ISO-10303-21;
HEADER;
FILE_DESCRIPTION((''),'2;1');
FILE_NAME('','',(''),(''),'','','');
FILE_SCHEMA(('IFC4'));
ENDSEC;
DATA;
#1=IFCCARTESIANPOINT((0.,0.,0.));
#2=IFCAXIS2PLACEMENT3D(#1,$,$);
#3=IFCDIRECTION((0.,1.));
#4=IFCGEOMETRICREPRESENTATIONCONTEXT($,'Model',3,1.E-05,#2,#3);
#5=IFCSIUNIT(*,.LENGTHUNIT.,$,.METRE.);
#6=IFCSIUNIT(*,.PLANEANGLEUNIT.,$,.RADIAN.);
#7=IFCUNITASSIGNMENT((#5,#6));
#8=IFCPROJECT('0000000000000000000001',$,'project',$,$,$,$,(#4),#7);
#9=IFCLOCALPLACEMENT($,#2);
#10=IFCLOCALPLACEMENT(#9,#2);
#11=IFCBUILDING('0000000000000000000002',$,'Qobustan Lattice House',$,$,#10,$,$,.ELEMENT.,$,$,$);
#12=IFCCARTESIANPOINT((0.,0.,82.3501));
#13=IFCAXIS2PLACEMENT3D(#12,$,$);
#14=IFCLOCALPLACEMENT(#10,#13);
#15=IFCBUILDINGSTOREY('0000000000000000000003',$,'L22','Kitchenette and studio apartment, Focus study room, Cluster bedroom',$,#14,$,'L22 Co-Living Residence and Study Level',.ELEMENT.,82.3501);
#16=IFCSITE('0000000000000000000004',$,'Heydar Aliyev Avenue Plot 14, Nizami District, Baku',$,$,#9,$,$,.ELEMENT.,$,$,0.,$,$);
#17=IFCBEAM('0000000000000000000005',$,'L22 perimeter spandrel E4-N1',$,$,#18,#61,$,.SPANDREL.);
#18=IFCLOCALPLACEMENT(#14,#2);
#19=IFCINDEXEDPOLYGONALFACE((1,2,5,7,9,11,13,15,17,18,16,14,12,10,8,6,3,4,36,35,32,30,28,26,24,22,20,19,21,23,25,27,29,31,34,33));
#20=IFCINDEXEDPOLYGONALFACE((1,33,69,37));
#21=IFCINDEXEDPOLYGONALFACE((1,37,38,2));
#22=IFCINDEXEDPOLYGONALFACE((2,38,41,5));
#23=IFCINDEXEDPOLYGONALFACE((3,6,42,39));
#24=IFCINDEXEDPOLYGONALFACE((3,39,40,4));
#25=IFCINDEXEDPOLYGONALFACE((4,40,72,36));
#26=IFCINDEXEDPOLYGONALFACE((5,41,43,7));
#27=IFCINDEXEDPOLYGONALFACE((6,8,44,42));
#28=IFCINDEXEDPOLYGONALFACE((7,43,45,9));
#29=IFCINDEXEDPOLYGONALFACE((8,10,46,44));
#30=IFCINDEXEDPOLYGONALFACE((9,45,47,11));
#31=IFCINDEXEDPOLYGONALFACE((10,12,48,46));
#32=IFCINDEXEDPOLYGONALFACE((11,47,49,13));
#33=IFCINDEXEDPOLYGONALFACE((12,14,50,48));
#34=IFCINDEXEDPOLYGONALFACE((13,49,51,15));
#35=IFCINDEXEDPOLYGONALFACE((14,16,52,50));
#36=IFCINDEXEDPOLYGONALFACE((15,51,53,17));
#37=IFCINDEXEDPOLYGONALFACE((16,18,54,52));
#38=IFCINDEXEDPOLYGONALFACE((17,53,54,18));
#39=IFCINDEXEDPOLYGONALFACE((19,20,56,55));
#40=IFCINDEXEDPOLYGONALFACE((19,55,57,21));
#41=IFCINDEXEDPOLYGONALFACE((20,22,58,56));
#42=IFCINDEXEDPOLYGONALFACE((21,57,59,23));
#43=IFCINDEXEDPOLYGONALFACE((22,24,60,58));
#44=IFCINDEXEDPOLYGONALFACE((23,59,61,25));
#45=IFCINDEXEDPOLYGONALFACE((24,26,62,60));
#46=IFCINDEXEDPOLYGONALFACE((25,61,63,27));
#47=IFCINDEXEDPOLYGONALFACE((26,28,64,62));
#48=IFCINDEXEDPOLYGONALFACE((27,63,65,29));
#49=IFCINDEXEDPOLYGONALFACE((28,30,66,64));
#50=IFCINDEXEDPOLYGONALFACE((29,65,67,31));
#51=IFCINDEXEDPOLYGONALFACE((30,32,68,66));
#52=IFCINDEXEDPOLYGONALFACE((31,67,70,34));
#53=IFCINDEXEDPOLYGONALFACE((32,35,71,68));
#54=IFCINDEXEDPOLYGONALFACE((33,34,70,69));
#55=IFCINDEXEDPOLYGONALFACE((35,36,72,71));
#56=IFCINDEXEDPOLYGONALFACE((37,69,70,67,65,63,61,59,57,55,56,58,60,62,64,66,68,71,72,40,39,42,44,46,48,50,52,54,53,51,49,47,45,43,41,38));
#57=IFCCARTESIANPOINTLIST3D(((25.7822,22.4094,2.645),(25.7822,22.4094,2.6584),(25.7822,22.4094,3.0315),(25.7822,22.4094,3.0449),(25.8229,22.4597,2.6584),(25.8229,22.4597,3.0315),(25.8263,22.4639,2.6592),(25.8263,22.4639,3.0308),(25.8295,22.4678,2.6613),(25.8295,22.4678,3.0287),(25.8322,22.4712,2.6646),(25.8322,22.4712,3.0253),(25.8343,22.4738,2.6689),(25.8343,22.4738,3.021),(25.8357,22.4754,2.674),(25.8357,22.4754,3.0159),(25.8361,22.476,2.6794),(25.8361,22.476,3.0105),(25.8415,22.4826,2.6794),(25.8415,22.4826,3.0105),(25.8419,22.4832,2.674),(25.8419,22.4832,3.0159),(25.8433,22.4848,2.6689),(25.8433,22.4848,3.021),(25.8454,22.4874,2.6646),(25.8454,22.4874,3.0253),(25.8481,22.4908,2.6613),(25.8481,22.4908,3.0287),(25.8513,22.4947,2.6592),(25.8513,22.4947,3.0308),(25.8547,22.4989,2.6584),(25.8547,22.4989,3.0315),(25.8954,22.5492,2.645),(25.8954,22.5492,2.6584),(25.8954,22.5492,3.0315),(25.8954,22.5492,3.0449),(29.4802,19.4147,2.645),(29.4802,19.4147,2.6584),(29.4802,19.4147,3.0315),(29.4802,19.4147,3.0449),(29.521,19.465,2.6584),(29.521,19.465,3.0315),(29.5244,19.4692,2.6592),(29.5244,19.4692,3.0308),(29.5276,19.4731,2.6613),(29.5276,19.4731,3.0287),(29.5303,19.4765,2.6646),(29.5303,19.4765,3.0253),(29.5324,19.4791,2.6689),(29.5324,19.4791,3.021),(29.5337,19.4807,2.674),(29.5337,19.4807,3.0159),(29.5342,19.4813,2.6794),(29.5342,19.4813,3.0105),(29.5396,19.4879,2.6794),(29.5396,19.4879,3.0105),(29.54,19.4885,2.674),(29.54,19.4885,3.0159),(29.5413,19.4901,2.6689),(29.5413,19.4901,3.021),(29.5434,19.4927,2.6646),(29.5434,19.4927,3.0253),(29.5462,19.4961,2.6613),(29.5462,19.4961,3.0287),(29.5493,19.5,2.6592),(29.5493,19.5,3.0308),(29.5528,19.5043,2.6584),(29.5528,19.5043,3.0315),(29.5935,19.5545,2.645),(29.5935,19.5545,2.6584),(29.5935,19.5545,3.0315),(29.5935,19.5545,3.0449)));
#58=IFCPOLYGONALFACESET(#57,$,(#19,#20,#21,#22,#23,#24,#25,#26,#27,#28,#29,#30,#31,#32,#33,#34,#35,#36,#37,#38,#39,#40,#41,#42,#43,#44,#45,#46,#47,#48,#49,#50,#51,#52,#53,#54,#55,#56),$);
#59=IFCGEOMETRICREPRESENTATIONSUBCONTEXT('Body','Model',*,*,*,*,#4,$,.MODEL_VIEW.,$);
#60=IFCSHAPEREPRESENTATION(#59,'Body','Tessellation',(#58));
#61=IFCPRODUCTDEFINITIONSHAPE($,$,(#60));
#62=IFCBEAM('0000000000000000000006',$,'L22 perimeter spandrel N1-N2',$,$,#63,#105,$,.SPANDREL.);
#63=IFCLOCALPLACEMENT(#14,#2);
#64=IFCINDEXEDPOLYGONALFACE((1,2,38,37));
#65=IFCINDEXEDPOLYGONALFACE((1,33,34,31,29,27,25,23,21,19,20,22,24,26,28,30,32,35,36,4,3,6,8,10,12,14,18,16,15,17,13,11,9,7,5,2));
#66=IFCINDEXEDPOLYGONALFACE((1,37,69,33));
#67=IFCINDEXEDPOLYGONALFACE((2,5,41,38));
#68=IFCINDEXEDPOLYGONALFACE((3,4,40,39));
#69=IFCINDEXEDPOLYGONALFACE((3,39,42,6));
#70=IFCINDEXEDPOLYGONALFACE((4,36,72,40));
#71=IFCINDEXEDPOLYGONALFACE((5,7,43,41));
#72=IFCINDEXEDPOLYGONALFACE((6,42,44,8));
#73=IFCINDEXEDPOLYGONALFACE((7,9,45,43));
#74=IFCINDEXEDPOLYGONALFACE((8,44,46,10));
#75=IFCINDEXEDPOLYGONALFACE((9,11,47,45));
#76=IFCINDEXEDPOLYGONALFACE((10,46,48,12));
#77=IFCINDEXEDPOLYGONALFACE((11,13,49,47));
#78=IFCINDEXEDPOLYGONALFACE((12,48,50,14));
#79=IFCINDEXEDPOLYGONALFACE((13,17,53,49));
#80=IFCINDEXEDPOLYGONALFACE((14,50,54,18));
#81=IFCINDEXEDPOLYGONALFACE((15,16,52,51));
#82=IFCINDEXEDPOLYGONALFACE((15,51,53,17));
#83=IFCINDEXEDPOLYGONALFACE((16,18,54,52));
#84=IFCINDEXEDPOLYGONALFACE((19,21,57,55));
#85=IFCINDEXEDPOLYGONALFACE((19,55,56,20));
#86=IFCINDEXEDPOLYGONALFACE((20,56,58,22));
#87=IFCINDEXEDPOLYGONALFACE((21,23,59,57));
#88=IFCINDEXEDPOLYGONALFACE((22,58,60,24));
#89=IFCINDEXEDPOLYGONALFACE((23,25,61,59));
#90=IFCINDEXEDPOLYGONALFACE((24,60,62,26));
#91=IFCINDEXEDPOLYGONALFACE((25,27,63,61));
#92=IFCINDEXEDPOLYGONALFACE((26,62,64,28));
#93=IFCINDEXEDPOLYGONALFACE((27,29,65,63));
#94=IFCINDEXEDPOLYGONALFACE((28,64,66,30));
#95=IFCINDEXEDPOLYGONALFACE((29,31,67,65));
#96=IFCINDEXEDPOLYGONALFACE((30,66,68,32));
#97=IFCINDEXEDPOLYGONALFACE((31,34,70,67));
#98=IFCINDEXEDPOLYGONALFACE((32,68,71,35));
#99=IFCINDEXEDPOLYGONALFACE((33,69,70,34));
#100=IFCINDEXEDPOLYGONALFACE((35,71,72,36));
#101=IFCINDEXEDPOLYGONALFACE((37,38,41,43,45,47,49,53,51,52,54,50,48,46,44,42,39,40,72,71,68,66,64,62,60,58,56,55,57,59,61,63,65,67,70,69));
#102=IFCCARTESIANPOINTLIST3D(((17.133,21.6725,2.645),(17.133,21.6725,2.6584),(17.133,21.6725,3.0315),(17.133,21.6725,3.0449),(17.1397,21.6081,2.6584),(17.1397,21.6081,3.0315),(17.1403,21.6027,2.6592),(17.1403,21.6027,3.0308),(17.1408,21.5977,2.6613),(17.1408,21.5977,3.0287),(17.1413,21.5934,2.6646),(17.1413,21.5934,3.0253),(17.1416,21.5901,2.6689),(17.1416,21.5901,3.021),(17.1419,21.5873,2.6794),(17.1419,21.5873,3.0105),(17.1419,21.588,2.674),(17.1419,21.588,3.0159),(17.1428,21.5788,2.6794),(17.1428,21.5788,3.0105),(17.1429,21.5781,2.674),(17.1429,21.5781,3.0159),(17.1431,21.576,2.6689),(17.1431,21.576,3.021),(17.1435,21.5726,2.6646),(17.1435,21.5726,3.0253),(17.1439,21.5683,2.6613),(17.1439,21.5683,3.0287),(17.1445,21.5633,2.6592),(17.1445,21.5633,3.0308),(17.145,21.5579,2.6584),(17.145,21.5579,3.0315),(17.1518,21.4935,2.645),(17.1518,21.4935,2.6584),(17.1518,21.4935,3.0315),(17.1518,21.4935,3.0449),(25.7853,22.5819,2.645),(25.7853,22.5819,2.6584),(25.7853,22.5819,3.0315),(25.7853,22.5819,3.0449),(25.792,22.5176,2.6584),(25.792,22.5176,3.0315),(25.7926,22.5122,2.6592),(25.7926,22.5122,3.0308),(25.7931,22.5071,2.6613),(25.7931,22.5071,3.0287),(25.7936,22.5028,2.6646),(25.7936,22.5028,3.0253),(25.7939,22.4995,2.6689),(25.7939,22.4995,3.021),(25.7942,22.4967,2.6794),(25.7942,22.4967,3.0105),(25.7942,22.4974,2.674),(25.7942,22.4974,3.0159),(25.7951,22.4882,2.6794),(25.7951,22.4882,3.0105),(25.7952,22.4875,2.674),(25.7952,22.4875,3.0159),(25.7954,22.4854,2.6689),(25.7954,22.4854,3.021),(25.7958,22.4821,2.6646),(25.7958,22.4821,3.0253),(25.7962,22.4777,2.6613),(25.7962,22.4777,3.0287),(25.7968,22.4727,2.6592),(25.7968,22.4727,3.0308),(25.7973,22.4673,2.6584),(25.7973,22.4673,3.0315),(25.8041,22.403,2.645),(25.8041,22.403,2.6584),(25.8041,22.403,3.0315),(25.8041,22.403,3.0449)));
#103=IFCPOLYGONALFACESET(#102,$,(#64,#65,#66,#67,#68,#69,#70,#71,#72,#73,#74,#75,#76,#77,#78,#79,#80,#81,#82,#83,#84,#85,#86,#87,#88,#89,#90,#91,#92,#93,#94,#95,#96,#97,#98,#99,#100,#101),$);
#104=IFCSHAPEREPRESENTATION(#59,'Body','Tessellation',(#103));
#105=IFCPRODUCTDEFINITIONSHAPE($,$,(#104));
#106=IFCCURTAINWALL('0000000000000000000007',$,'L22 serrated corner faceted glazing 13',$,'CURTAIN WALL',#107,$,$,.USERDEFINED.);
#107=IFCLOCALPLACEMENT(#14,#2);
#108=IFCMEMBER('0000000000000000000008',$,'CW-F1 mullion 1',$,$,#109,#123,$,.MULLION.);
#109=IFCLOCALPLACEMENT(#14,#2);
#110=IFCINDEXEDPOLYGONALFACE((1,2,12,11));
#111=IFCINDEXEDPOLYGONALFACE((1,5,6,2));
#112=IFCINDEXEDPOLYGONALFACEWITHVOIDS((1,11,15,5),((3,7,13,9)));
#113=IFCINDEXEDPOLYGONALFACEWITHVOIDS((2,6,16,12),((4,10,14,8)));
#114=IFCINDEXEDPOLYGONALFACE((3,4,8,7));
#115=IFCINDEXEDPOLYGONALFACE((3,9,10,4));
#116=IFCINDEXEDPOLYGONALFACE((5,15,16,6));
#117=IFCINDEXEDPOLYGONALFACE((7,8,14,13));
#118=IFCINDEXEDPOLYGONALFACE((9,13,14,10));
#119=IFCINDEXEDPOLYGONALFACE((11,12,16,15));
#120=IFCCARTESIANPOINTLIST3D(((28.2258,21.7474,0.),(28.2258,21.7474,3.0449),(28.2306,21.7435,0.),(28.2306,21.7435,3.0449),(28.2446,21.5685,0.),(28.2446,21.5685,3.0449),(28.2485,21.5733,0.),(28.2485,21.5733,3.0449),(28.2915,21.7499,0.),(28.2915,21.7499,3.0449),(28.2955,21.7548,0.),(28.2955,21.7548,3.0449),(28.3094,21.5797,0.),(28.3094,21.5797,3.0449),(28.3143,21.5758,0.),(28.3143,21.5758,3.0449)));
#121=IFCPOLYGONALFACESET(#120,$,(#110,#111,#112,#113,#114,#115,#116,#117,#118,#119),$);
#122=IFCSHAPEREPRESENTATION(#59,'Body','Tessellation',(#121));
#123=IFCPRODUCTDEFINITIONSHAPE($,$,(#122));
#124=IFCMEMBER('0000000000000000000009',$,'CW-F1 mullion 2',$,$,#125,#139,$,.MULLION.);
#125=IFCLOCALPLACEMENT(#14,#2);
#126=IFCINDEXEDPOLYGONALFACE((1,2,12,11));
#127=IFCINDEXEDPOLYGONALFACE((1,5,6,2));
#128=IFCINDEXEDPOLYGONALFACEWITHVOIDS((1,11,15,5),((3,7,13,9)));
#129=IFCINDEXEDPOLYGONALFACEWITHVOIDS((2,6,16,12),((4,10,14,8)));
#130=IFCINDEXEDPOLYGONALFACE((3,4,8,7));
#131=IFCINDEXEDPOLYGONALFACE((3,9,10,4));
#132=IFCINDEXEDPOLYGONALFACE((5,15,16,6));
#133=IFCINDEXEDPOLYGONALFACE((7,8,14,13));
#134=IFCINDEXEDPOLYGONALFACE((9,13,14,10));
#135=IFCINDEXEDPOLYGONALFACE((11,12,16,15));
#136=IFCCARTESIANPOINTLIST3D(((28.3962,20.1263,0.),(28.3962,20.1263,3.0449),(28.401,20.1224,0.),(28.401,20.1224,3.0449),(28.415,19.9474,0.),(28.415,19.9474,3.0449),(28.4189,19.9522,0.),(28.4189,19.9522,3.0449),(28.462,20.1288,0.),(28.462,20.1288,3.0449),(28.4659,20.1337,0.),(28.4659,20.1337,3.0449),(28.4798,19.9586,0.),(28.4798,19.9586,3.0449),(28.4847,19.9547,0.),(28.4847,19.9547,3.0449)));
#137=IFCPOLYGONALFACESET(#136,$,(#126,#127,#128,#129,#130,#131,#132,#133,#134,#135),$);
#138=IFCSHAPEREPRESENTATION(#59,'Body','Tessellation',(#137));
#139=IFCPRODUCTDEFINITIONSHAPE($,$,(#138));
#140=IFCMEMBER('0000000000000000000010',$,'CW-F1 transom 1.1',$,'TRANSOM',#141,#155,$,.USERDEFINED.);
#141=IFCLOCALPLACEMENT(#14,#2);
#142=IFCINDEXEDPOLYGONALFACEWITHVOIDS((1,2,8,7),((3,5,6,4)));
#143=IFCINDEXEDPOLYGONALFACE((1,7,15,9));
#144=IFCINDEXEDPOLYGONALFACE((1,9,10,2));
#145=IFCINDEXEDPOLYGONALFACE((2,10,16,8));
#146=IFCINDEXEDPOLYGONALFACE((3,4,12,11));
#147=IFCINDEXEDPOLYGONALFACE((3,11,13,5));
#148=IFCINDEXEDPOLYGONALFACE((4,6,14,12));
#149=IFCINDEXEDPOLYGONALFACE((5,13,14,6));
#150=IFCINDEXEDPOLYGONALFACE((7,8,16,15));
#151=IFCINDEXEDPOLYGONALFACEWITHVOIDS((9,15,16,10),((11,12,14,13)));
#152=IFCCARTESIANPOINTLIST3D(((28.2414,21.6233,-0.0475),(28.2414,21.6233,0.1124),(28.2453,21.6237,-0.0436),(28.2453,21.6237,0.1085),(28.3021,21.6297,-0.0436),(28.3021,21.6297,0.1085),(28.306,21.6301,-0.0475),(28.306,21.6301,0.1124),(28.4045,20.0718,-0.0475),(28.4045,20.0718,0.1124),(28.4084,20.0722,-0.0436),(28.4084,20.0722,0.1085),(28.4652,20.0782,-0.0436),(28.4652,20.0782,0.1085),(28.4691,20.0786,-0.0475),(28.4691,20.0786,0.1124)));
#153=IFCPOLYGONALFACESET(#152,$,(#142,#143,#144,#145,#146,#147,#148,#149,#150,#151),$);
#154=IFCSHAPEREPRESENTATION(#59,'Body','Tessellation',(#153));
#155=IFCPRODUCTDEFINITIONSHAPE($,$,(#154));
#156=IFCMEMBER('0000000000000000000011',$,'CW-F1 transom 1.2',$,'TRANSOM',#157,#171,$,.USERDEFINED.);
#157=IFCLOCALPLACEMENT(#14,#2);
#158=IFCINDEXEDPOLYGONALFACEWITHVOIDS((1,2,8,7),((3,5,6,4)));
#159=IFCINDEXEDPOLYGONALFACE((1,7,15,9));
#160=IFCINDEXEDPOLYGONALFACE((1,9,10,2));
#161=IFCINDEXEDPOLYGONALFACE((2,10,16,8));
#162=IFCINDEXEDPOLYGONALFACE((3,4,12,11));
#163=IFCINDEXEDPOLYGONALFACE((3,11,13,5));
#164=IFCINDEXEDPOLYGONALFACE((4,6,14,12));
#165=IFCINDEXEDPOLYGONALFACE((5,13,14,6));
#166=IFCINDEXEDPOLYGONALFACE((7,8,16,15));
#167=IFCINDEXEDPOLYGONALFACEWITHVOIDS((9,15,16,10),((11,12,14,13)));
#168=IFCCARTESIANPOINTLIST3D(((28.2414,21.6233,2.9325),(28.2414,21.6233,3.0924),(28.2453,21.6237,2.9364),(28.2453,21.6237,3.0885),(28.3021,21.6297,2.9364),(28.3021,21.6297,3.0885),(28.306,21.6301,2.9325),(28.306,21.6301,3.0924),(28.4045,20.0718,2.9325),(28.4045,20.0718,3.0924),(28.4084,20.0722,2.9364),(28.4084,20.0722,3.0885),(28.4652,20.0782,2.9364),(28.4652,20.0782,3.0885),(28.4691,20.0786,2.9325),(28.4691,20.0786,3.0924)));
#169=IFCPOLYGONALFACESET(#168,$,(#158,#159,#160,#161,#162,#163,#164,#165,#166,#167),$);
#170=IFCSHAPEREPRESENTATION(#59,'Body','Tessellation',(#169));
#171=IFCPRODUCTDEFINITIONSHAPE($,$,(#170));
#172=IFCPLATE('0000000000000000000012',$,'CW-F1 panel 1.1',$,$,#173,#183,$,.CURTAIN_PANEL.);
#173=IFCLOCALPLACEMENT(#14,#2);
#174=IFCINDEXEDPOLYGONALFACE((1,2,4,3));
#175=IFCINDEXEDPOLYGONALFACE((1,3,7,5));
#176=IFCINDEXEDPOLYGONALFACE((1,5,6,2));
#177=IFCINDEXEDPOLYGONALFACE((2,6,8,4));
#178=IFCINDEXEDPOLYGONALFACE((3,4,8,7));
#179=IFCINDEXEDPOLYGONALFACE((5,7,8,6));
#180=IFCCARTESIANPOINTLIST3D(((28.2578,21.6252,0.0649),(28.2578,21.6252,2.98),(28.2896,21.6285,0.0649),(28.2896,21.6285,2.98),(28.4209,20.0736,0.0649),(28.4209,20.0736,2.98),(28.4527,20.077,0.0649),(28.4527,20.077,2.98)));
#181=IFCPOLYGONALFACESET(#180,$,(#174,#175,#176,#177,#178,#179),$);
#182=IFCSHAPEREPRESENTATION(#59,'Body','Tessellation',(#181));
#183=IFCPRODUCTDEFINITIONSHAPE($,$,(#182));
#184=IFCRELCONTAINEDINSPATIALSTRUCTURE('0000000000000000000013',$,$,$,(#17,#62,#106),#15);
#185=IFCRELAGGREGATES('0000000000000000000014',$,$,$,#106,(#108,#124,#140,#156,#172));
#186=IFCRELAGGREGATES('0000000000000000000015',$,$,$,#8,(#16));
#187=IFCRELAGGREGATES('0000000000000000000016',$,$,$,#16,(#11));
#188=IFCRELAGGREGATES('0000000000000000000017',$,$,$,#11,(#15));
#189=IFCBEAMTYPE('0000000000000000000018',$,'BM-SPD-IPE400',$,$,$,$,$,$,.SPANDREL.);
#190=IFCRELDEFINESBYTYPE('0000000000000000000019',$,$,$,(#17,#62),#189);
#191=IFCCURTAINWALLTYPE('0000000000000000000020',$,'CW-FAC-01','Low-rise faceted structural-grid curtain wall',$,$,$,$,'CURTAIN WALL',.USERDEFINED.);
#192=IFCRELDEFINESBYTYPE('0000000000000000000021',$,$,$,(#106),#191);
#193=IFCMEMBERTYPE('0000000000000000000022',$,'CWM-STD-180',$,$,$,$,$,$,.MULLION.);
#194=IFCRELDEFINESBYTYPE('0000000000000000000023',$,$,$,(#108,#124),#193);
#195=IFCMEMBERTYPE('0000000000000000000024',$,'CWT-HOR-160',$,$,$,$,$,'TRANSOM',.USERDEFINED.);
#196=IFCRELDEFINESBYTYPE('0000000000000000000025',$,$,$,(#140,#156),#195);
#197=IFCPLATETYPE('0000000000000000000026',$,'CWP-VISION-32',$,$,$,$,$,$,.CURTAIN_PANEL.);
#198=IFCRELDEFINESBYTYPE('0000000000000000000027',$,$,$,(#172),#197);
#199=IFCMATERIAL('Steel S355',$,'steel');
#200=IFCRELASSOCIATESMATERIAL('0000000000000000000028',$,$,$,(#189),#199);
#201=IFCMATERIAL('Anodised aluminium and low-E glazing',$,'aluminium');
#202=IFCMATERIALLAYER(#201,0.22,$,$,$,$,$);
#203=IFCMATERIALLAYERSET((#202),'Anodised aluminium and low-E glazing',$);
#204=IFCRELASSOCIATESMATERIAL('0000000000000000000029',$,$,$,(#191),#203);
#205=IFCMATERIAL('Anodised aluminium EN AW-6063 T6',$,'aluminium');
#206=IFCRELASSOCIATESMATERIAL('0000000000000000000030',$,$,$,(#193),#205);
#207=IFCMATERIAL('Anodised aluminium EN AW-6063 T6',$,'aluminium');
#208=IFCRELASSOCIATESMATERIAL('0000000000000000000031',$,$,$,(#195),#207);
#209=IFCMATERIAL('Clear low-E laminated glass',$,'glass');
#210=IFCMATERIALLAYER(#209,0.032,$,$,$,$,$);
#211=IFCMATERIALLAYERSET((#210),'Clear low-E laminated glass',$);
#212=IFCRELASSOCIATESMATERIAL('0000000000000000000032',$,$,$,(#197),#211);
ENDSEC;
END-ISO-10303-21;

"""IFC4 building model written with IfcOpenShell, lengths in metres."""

from ifc_helpers import new_model, si_unit, direction, frame, origin, origin_2d, place, context, subcontext, project, spatial, rectangle, hollow_rectangle, i_section, extrude, material, layer, layer_set, material_profile, profile_set, type_object, element, aggregate, save


model = new_model("IFC4")

# Units and contexts
model_context = context("Model", 3, precision=1e-05, world=origin(), true_north=direction((0.0, 1.0)))
body_context = subcontext(model_context, "Body", "Model", "MODEL_VIEW")
ifc_project = project(units=[si_unit("LENGTHUNIT", "METRE"), si_unit("PLANEANGLEUNIT", "RADIAN")], contexts=[model_context])

# Site, building, storey
site_placement = place(None, origin())
site = spatial("IfcSite", under=ifc_project, at=site_placement, Name="Heydar Aliyev Avenue Plot 14, Nizami District, Baku", CompositionType="ELEMENT", RefElevation=0.0)
building_placement = place(site_placement, origin())
building = spatial("IfcBuilding", under=site, at=building_placement, Name="Qobustan Lattice House", CompositionType="ELEMENT")
storey_placement = place(building_placement, frame((0.0, 0.0, 82.3501)))
storey = spatial("IfcBuildingStorey", under=building, at=storey_placement, Name="L22", Description="Kitchenette and studio apartment, Focus study room, Cluster bedroom", LongName="L22 Co-Living Residence and Study Level", CompositionType="ELEMENT", Elevation=82.3501)

# Beams
ifc_material_1 = material(Name="Steel S355", Category="steel")
ifc_material_profile_1 = material_profile(ifc_material_1, i_section(OverallWidth=0.1799, OverallDepth=0.3999, WebThickness=0.0085, FlangeThickness=0.0134, FilletRadius=0.021, at=origin_2d()), Name="IPE400")
ifc_profile_set_1 = profile_set([ifc_material_profile_1], Name="Steel S355")
beam_type_1 = type_object("IfcBeamType", Name="BM-SPD-IPE400", PredefinedType="SPANDREL", material=ifc_profile_set_1)
beam_1_placement = place(storey_placement, frame((29.5369, 19.4846, 2.845), z_axis=(-0.777141, 0.629327, 0.0), x_axis=(-0.629327, -0.777141, 0.0)))
element("IfcBeam", 1, at=beam_1_placement, inside=storey, type_object=beam_type_1, Name="L22 perimeter spandrel E4-N1", PredefinedType="SPANDREL", context=body_context, shape_type="SweptSolid", body=[
    extrude(i_section(OverallWidth=0.1799, OverallDepth=0.3999, WebThickness=0.0085, FlangeThickness=0.0134, FilletRadius=0.021, at=origin_2d()), origin(), (0.0, 0.0, 1.0), 4.7585),
])
beam_2_placement = place(storey_placement, frame((25.7947, 22.4924, 2.845), z_axis=(-0.994522, -0.104531, 0.0), x_axis=(0.104531, -0.994522, 0.0)))
element("IfcBeam", 2, at=beam_2_placement, inside=storey, type_object=beam_type_1, Name="L22 perimeter spandrel N1-N2", PredefinedType="SPANDREL", context=body_context, shape_type="SweptSolid", body=[
    extrude(i_section(OverallWidth=0.1799, OverallDepth=0.3999, WebThickness=0.0085, FlangeThickness=0.0134, FilletRadius=0.021, at=origin_2d()), origin(), (0.0, 0.0, 1.0), 8.7),
])

# Curtain wall, members, plate
ifc_material_2 = material(Name="Anodised aluminium and low-E glazing", Category="aluminium")
ifc_layer_1 = layer(ifc_material_2, 0.22)
ifc_layer_set_1 = layer_set([ifc_layer_1], Name="Anodised aluminium and low-E glazing")
curtain_wall_type = type_object("IfcCurtainWallType", Name="CW-FAC-01", Description="Low-rise faceted structural-grid curtain wall", ElementType="CURTAIN WALL", PredefinedType="USERDEFINED", material=ifc_layer_set_1)
curtain_wall_placement = place(storey_placement, origin())
curtain_wall = element("IfcCurtainWall", 3, at=curtain_wall_placement, inside=storey, type_object=curtain_wall_type, Name="L22 serrated corner faceted glazing 13", ObjectType="CURTAIN WALL", PredefinedType="USERDEFINED")
ifc_material_3 = material(Name="Anodised aluminium EN AW-6063 T6", Category="aluminium")
ifc_material_profile_2 = material_profile(ifc_material_3, hollow_rectangle(XDim=0.0701, YDim=0.1799, WallThickness=0.0044, at=origin_2d()), Name="CWM-180x70")
ifc_profile_set_2 = profile_set([ifc_material_profile_2], Name="Anodised aluminium EN AW-6063 T6")
member_type_1 = type_object("IfcMemberType", Name="CWM-STD-180", PredefinedType="MULLION", material=ifc_profile_set_2)
member_1_placement = place(storey_placement, frame((28.27, 21.6616, 0.0), z_axis=(0.0, 0.0, 1.0), x_axis=(0.994522, 0.104529, 0.0)))
member_1 = element("IfcMember", 4, at=member_1_placement, type_object=member_type_1, Name="CW-F1 mullion 1", PredefinedType="MULLION", context=body_context, shape_type="SweptSolid", body=[
    extrude(hollow_rectangle(XDim=0.0701, YDim=0.1799, WallThickness=0.0044, at=origin_2d()), origin(), (0.0, 0.0, 1.0), 3.0449),
])
member_2_placement = place(storey_placement, frame((28.4404, 20.0405, 0.0), z_axis=(0.0, 0.0, 1.0), x_axis=(0.994522, 0.104529, 0.0)))
member_2 = element("IfcMember", 5, at=member_2_placement, type_object=member_type_1, Name="CW-F1 mullion 2", PredefinedType="MULLION", context=body_context, shape_type="SweptSolid", body=[
    extrude(hollow_rectangle(XDim=0.0701, YDim=0.1799, WallThickness=0.0044, at=origin_2d()), origin(), (0.0, 0.0, 1.0), 3.0449),
])
ifc_material_4 = material(Name="Anodised aluminium EN AW-6063 T6", Category="aluminium")
ifc_material_profile_3 = material_profile(ifc_material_4, hollow_rectangle(XDim=0.0649, YDim=0.1599, WallThickness=0.0039, at=origin_2d()), Name="CWT-160x65")
ifc_profile_set_3 = profile_set([ifc_material_profile_3], Name="Anodised aluminium EN AW-6063 T6")
member_type_2 = type_object("IfcMemberType", Name="CWT-HOR-160", ElementType="TRANSOM", PredefinedType="USERDEFINED", material=ifc_profile_set_3)
member_3_placement = place(storey_placement, frame((28.2737, 21.6267, 0.0325), z_axis=(0.104538, -0.994521, 0.0), x_axis=(0.994521, 0.104538, 0.0)))
member_3 = element("IfcMember", 6, at=member_3_placement, type_object=member_type_2, Name="CW-F1 transom 1.1", ObjectType="TRANSOM", PredefinedType="USERDEFINED", context=body_context, shape_type="SweptSolid", body=[
    extrude(hollow_rectangle(XDim=0.0649, YDim=0.1599, WallThickness=0.0039, at=origin_2d()), origin(), (0.0, 0.0, 1.0), 1.5601),
])
member_4_placement = place(storey_placement, frame((28.2737, 21.6267, 3.0125), z_axis=(0.104538, -0.994521, 0.0), x_axis=(0.994521, 0.104538, 0.0)))
member_4 = element("IfcMember", 7, at=member_4_placement, type_object=member_type_2, Name="CW-F1 transom 1.2", ObjectType="TRANSOM", PredefinedType="USERDEFINED", context=body_context, shape_type="SweptSolid", body=[
    extrude(hollow_rectangle(XDim=0.0649, YDim=0.1599, WallThickness=0.0039, at=origin_2d()), origin(), (0.0, 0.0, 1.0), 1.5601),
])
ifc_material_5 = material(Name="Clear low-E laminated glass", Category="glass")
ifc_layer_2 = layer(ifc_material_5, 0.032)
ifc_layer_set_2 = layer_set([ifc_layer_2], Name="Clear low-E laminated glass")
plate_type = type_object("IfcPlateType", Name="CWP-VISION-32", PredefinedType="CURTAIN_PANEL", material=ifc_layer_set_2)
plate_placement = place(storey_placement, frame((28.3552, 20.8511, 0.0649), z_axis=(0.0, 0.0, 1.0), x_axis=(0.104529, -0.994522, 0.0)))
plate = element("IfcPlate", 8, at=plate_placement, type_object=plate_type, Name="CW-F1 panel 1.1", PredefinedType="CURTAIN_PANEL", context=body_context, shape_type="SweptSolid", body=[
    extrude(rectangle(XDim=1.5601, YDim=0.032, at=origin_2d()), origin(), (0.0, 0.0, 1.0), 2.915),
])
aggregate(curtain_wall, [member_1, member_2, member_3, member_4, plate])

save(model, "model.ifc")
